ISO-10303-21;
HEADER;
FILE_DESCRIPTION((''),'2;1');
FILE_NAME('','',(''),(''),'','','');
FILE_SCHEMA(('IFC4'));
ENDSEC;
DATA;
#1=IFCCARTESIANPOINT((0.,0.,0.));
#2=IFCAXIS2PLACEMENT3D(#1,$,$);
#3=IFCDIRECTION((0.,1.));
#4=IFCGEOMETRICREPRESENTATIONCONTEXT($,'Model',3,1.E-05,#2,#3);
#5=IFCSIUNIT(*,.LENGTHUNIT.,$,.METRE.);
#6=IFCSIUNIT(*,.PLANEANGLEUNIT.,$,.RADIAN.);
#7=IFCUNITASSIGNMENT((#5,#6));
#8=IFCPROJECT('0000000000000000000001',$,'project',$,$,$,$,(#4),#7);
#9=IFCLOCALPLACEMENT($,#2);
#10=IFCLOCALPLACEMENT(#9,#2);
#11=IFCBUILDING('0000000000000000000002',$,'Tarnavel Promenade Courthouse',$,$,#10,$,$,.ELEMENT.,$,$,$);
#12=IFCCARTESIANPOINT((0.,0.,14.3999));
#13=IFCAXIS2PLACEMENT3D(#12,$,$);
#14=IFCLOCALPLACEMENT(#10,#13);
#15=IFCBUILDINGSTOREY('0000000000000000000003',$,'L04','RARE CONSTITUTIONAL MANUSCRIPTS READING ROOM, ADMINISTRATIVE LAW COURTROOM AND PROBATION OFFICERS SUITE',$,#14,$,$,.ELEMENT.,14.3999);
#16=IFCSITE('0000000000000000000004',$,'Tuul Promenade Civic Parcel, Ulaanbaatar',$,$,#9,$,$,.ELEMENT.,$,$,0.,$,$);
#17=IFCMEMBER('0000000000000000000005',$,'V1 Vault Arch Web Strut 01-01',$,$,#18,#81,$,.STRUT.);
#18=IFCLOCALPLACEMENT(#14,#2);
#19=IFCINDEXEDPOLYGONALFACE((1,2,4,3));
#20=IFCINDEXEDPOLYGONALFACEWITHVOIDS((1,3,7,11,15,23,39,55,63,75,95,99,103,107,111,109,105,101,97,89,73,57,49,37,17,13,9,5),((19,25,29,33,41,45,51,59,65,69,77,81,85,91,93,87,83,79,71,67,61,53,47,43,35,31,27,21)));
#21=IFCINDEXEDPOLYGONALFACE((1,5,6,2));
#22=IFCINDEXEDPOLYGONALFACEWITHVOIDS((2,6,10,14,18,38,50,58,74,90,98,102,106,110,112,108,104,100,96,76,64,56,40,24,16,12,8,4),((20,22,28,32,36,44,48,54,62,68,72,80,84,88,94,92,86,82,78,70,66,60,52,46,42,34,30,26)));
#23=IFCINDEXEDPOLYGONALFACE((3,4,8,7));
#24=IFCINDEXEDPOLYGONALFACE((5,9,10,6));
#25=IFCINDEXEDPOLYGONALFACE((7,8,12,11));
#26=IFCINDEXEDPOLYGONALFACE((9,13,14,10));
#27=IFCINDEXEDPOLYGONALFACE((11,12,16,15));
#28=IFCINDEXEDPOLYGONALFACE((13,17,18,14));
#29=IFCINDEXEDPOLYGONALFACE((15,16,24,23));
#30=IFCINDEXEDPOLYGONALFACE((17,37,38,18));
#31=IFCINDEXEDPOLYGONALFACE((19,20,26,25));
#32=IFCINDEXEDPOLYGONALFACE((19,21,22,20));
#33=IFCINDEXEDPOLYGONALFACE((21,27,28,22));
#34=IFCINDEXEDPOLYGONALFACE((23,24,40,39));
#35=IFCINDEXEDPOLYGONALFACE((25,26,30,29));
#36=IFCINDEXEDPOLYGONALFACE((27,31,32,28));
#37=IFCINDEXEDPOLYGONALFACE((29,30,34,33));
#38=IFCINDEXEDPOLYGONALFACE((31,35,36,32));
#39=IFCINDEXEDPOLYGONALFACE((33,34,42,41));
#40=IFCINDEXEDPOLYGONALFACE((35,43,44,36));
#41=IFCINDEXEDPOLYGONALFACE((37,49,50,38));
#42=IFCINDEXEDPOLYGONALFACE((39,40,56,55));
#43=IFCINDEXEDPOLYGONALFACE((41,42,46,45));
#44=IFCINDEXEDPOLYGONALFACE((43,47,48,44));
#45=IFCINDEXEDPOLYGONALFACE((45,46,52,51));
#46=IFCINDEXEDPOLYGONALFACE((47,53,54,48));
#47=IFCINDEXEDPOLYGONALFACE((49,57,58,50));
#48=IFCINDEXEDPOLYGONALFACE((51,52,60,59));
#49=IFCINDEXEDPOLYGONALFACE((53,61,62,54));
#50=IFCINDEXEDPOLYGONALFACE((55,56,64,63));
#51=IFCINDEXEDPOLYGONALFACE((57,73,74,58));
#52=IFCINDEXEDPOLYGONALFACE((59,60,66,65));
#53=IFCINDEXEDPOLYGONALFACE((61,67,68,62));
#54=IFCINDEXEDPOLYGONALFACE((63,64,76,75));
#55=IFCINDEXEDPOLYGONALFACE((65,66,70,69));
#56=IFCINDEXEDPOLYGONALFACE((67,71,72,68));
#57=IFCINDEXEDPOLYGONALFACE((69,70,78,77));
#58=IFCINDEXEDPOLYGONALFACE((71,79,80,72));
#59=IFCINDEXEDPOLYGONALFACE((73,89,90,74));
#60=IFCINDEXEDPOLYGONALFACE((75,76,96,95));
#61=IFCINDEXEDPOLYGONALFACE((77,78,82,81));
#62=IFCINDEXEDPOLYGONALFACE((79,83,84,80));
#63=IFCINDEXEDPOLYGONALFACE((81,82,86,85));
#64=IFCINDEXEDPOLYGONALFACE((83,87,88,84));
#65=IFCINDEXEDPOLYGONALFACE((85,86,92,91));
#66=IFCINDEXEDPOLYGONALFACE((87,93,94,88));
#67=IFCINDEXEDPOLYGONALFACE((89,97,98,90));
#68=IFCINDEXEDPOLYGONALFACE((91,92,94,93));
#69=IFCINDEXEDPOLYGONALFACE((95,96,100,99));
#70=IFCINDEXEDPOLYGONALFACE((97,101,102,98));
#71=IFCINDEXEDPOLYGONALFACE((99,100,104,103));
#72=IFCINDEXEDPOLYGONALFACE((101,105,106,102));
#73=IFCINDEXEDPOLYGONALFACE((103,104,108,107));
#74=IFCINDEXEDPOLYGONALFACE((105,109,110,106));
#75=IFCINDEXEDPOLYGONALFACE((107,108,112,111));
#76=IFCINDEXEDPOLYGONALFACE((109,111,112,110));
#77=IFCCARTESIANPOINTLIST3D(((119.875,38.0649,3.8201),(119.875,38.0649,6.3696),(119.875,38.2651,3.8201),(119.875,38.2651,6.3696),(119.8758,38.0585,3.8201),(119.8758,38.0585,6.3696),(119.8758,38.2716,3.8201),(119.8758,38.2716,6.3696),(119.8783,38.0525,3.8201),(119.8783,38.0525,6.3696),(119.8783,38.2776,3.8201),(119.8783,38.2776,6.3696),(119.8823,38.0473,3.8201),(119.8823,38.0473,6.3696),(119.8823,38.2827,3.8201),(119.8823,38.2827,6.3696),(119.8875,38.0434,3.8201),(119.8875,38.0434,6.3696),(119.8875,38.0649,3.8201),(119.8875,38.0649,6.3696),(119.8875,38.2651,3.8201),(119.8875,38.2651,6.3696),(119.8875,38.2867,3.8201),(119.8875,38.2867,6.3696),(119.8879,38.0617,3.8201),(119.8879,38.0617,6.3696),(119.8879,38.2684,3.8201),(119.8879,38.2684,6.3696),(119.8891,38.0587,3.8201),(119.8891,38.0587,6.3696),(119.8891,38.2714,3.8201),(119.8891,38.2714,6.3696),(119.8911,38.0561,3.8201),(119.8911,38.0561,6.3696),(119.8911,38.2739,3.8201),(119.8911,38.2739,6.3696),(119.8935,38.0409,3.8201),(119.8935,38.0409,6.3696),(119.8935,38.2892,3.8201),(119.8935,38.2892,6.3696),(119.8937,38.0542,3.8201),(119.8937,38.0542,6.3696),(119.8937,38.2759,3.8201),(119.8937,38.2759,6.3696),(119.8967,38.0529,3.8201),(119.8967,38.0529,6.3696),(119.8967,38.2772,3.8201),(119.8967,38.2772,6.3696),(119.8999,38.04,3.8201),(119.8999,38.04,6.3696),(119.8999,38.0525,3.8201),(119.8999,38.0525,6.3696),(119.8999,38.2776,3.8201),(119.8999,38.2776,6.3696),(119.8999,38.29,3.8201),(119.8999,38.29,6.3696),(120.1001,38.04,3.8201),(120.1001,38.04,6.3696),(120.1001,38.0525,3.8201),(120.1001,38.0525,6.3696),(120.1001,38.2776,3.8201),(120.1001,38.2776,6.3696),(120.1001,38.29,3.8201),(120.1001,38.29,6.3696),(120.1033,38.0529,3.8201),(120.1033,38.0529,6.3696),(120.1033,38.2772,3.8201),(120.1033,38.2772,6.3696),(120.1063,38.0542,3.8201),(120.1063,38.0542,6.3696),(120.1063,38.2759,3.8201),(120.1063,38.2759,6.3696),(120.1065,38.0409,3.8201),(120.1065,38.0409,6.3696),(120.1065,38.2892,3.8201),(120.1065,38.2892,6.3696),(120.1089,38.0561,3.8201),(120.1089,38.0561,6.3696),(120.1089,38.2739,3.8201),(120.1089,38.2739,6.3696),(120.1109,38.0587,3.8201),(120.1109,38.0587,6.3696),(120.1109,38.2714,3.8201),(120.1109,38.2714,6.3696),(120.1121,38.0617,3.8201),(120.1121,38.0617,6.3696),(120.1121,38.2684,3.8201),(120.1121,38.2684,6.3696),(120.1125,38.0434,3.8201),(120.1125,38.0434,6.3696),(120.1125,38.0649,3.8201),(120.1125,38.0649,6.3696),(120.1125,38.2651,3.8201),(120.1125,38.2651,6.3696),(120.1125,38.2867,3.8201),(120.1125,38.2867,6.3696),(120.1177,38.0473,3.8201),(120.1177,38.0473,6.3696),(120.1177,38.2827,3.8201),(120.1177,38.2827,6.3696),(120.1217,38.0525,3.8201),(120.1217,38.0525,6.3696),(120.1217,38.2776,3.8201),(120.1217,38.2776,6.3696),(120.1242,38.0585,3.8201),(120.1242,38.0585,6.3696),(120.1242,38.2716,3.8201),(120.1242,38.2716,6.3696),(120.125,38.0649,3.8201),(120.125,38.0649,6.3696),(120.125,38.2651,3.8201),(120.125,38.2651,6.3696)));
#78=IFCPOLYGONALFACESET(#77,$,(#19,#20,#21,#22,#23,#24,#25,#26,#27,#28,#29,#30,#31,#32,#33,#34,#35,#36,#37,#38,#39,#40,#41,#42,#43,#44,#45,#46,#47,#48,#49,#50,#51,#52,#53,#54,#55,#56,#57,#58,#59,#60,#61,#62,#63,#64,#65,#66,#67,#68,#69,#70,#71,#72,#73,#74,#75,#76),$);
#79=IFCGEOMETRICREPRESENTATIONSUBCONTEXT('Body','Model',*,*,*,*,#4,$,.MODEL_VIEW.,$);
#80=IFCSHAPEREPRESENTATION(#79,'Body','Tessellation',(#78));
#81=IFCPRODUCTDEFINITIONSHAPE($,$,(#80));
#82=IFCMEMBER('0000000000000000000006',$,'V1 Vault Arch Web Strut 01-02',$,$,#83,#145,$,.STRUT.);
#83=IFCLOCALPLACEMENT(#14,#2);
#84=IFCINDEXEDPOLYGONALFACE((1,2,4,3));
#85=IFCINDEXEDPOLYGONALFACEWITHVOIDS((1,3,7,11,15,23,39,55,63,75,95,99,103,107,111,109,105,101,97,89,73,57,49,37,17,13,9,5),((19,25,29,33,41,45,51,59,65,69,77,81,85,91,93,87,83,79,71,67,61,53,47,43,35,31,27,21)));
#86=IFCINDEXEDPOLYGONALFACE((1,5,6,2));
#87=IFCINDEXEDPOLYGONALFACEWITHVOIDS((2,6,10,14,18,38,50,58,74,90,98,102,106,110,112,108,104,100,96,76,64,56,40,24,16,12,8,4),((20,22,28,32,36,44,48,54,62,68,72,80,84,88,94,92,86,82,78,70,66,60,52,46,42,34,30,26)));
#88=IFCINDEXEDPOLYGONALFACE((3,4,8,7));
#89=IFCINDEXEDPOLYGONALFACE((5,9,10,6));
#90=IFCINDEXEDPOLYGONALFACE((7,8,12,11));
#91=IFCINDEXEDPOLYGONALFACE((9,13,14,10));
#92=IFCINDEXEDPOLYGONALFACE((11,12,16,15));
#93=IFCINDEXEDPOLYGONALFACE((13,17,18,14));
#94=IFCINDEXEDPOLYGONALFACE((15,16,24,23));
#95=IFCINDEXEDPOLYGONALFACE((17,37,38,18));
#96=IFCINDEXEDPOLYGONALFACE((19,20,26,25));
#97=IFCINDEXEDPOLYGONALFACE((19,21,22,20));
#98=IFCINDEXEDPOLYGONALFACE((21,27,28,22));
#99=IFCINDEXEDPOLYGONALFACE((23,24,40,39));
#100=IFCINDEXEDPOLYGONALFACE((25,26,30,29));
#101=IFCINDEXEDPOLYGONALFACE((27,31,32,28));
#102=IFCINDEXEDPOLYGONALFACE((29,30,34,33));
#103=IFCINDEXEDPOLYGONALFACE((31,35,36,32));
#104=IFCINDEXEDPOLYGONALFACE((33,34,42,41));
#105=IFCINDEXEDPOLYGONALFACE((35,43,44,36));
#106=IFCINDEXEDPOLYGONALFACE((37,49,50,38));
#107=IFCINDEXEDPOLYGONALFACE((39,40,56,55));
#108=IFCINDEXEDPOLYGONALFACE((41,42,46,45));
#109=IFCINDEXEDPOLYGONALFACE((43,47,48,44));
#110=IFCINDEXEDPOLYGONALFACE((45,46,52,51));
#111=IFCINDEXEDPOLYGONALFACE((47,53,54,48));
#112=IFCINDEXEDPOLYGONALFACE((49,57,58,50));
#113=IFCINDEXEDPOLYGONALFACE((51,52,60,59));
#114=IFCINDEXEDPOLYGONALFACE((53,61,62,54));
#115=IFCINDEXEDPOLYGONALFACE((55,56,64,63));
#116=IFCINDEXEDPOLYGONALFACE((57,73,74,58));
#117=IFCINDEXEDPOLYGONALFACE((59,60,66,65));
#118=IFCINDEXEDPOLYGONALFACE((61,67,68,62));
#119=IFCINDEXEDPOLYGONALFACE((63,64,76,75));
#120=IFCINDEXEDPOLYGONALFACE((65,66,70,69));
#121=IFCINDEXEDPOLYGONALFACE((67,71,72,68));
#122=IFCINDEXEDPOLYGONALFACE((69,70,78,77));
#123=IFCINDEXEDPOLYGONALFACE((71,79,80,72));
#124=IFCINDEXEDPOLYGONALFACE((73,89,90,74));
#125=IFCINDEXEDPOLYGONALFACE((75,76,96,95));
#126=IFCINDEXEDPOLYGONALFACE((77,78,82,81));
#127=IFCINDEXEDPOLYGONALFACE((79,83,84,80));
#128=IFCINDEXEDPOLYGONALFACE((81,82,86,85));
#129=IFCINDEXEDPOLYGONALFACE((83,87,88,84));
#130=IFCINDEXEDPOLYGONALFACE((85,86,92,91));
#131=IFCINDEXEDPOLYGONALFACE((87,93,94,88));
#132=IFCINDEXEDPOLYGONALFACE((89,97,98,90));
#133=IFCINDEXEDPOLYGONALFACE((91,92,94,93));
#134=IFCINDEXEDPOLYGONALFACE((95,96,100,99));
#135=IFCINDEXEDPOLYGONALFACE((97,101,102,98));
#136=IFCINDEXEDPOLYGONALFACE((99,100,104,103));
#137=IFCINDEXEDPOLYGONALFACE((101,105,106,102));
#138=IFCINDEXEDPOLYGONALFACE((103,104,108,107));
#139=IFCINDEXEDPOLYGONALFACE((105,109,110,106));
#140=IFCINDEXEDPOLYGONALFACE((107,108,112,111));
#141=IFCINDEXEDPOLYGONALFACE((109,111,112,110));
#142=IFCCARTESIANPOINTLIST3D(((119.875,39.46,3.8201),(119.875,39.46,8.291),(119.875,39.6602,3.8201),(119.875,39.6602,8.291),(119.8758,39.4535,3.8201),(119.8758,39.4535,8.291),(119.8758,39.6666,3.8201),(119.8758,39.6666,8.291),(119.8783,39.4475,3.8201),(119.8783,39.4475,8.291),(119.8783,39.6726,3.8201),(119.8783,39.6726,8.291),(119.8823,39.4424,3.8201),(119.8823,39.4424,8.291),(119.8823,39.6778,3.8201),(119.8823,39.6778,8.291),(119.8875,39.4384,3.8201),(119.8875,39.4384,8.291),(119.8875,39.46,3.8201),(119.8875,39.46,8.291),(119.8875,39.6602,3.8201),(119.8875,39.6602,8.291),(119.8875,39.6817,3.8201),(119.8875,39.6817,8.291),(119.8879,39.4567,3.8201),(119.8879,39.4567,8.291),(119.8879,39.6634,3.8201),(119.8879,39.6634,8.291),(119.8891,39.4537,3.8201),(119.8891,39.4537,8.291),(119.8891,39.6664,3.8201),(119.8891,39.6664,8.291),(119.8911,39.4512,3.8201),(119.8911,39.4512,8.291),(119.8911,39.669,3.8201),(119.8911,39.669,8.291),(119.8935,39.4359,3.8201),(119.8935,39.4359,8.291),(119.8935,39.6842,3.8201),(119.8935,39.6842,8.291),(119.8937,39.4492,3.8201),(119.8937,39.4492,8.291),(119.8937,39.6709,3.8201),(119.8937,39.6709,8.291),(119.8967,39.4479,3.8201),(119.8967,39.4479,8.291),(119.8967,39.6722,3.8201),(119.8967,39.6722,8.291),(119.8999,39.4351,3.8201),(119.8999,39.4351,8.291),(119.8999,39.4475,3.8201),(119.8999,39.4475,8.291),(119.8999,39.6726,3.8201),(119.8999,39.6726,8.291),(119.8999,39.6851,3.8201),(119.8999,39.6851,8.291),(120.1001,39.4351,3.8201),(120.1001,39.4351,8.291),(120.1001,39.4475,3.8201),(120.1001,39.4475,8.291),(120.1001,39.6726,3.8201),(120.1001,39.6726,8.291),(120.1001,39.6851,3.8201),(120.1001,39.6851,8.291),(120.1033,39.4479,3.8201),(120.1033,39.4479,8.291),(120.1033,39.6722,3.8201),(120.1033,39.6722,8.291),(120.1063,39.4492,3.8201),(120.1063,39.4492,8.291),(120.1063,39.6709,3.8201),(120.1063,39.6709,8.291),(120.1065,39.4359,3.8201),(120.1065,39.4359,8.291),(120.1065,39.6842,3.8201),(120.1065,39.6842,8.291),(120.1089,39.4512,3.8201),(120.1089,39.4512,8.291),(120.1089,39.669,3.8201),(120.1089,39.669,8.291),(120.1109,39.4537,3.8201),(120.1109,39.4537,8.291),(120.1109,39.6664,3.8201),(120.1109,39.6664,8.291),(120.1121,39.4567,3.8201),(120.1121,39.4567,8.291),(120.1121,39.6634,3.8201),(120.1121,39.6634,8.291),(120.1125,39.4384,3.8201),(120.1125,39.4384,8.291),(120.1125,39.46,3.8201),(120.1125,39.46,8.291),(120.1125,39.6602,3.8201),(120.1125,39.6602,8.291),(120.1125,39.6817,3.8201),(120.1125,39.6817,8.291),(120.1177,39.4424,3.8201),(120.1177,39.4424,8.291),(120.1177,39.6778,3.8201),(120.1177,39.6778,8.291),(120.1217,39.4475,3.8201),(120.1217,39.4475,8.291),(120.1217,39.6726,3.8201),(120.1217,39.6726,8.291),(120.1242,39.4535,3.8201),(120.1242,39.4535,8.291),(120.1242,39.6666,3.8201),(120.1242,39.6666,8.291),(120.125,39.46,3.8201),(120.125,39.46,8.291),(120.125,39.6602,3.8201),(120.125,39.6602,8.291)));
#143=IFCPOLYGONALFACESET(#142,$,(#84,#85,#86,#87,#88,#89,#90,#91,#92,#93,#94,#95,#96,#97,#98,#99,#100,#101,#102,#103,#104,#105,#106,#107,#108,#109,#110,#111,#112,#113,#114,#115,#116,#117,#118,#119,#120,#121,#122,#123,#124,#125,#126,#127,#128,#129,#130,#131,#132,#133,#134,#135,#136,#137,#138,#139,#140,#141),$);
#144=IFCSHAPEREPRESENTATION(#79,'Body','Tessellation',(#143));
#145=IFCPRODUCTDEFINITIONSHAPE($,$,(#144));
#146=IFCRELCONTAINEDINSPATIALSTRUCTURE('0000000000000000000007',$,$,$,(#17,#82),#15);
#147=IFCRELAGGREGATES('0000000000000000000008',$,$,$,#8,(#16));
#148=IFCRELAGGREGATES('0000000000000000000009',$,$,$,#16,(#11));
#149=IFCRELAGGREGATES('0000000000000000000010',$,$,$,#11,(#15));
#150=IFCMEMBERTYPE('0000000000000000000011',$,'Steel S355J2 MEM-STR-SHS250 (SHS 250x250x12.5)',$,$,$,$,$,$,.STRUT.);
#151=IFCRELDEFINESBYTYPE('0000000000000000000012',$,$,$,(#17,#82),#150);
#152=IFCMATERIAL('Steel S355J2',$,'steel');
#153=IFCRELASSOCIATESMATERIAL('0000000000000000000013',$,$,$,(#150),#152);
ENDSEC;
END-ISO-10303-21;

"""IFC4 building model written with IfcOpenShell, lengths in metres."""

from ifc_helpers import new_model, si_unit, direction, frame, origin, origin_2d, place, context, subcontext, project, spatial, hollow_rectangle, extrude, material, material_profile, profile_set, type_object, element, save


model = new_model("IFC4")

# Units and contexts
model_context = context("Model", 3, precision=1e-05, world=origin(), true_north=direction((0.0, 1.0)))
body_context = subcontext(model_context, "Body", "Model", "MODEL_VIEW")
ifc_project = project(units=[si_unit("LENGTHUNIT", "METRE"), si_unit("PLANEANGLEUNIT", "RADIAN")], contexts=[model_context])

# Site, building, storey
site_placement = place(None, origin())
site = spatial("IfcSite", under=ifc_project, at=site_placement, Name="Tuul Promenade Civic Parcel, Ulaanbaatar", CompositionType="ELEMENT", RefElevation=0.0)
building_placement = place(site_placement, origin())
building = spatial("IfcBuilding", under=site, at=building_placement, Name="Tarnavel Promenade Courthouse", CompositionType="ELEMENT")
storey_placement = place(building_placement, frame((0.0, 0.0, 14.3999)))
storey = spatial("IfcBuildingStorey", under=building, at=storey_placement, Name="L04", Description="RARE CONSTITUTIONAL MANUSCRIPTS READING ROOM, ADMINISTRATIVE LAW COURTROOM AND PROBATION OFFICERS SUITE", CompositionType="ELEMENT", Elevation=14.3999)

# Shared definitions
ifc_material_1 = material(Name="Steel S355J2", Category="steel")

# Members
ifc_material_profile_1 = material_profile(ifc_material_1, hollow_rectangle(XDim=0.25, YDim=0.25, WallThickness=0.0125, InnerFilletRadius=0.0125, OuterFilletRadius=0.0249, at=origin_2d()), Name="SHS 250x250x12.5")
ifc_profile_set_1 = profile_set([ifc_material_profile_1], Name="Steel S355J2")
member_type_1 = type_object("IfcMemberType", Name="Steel S355J2 MEM-STR-SHS250 (SHS 250x250x12.5)", PredefinedType="STRUT", material=ifc_profile_set_1)
member_1_placement = place(storey_placement, frame((120.0, 38.165, 3.8201), z_axis=(0.0, 0.0, 1.0), x_axis=(1.0, 0.0, 0.0)))
element("IfcMember", 1, at=member_1_placement, inside=storey, type_object=member_type_1, Name="V1 Vault Arch Web Strut 01-01", PredefinedType="STRUT", context=body_context, shape_type="SweptSolid", body=[
    extrude(hollow_rectangle(XDim=0.25, YDim=0.25, WallThickness=0.0125, InnerFilletRadius=0.0125, OuterFilletRadius=0.0249, at=origin_2d()), origin(), (0.0, 0.0, 1.0), 2.5496),
])
member_2_placement = place(storey_placement, frame((120.0, 39.5601, 3.8201), z_axis=(0.0, 0.0, 1.0), x_axis=(1.0, 0.0, 0.0)))
element("IfcMember", 2, at=member_2_placement, inside=storey, type_object=member_type_1, Name="V1 Vault Arch Web Strut 01-02", PredefinedType="STRUT", context=body_context, shape_type="SweptSolid", body=[
    extrude(hollow_rectangle(XDim=0.25, YDim=0.25, WallThickness=0.0125, InnerFilletRadius=0.0125, OuterFilletRadius=0.0249, at=origin_2d()), origin(), (0.0, 0.0, 1.0), 4.4709),
])

save(model, "model.ifc")
